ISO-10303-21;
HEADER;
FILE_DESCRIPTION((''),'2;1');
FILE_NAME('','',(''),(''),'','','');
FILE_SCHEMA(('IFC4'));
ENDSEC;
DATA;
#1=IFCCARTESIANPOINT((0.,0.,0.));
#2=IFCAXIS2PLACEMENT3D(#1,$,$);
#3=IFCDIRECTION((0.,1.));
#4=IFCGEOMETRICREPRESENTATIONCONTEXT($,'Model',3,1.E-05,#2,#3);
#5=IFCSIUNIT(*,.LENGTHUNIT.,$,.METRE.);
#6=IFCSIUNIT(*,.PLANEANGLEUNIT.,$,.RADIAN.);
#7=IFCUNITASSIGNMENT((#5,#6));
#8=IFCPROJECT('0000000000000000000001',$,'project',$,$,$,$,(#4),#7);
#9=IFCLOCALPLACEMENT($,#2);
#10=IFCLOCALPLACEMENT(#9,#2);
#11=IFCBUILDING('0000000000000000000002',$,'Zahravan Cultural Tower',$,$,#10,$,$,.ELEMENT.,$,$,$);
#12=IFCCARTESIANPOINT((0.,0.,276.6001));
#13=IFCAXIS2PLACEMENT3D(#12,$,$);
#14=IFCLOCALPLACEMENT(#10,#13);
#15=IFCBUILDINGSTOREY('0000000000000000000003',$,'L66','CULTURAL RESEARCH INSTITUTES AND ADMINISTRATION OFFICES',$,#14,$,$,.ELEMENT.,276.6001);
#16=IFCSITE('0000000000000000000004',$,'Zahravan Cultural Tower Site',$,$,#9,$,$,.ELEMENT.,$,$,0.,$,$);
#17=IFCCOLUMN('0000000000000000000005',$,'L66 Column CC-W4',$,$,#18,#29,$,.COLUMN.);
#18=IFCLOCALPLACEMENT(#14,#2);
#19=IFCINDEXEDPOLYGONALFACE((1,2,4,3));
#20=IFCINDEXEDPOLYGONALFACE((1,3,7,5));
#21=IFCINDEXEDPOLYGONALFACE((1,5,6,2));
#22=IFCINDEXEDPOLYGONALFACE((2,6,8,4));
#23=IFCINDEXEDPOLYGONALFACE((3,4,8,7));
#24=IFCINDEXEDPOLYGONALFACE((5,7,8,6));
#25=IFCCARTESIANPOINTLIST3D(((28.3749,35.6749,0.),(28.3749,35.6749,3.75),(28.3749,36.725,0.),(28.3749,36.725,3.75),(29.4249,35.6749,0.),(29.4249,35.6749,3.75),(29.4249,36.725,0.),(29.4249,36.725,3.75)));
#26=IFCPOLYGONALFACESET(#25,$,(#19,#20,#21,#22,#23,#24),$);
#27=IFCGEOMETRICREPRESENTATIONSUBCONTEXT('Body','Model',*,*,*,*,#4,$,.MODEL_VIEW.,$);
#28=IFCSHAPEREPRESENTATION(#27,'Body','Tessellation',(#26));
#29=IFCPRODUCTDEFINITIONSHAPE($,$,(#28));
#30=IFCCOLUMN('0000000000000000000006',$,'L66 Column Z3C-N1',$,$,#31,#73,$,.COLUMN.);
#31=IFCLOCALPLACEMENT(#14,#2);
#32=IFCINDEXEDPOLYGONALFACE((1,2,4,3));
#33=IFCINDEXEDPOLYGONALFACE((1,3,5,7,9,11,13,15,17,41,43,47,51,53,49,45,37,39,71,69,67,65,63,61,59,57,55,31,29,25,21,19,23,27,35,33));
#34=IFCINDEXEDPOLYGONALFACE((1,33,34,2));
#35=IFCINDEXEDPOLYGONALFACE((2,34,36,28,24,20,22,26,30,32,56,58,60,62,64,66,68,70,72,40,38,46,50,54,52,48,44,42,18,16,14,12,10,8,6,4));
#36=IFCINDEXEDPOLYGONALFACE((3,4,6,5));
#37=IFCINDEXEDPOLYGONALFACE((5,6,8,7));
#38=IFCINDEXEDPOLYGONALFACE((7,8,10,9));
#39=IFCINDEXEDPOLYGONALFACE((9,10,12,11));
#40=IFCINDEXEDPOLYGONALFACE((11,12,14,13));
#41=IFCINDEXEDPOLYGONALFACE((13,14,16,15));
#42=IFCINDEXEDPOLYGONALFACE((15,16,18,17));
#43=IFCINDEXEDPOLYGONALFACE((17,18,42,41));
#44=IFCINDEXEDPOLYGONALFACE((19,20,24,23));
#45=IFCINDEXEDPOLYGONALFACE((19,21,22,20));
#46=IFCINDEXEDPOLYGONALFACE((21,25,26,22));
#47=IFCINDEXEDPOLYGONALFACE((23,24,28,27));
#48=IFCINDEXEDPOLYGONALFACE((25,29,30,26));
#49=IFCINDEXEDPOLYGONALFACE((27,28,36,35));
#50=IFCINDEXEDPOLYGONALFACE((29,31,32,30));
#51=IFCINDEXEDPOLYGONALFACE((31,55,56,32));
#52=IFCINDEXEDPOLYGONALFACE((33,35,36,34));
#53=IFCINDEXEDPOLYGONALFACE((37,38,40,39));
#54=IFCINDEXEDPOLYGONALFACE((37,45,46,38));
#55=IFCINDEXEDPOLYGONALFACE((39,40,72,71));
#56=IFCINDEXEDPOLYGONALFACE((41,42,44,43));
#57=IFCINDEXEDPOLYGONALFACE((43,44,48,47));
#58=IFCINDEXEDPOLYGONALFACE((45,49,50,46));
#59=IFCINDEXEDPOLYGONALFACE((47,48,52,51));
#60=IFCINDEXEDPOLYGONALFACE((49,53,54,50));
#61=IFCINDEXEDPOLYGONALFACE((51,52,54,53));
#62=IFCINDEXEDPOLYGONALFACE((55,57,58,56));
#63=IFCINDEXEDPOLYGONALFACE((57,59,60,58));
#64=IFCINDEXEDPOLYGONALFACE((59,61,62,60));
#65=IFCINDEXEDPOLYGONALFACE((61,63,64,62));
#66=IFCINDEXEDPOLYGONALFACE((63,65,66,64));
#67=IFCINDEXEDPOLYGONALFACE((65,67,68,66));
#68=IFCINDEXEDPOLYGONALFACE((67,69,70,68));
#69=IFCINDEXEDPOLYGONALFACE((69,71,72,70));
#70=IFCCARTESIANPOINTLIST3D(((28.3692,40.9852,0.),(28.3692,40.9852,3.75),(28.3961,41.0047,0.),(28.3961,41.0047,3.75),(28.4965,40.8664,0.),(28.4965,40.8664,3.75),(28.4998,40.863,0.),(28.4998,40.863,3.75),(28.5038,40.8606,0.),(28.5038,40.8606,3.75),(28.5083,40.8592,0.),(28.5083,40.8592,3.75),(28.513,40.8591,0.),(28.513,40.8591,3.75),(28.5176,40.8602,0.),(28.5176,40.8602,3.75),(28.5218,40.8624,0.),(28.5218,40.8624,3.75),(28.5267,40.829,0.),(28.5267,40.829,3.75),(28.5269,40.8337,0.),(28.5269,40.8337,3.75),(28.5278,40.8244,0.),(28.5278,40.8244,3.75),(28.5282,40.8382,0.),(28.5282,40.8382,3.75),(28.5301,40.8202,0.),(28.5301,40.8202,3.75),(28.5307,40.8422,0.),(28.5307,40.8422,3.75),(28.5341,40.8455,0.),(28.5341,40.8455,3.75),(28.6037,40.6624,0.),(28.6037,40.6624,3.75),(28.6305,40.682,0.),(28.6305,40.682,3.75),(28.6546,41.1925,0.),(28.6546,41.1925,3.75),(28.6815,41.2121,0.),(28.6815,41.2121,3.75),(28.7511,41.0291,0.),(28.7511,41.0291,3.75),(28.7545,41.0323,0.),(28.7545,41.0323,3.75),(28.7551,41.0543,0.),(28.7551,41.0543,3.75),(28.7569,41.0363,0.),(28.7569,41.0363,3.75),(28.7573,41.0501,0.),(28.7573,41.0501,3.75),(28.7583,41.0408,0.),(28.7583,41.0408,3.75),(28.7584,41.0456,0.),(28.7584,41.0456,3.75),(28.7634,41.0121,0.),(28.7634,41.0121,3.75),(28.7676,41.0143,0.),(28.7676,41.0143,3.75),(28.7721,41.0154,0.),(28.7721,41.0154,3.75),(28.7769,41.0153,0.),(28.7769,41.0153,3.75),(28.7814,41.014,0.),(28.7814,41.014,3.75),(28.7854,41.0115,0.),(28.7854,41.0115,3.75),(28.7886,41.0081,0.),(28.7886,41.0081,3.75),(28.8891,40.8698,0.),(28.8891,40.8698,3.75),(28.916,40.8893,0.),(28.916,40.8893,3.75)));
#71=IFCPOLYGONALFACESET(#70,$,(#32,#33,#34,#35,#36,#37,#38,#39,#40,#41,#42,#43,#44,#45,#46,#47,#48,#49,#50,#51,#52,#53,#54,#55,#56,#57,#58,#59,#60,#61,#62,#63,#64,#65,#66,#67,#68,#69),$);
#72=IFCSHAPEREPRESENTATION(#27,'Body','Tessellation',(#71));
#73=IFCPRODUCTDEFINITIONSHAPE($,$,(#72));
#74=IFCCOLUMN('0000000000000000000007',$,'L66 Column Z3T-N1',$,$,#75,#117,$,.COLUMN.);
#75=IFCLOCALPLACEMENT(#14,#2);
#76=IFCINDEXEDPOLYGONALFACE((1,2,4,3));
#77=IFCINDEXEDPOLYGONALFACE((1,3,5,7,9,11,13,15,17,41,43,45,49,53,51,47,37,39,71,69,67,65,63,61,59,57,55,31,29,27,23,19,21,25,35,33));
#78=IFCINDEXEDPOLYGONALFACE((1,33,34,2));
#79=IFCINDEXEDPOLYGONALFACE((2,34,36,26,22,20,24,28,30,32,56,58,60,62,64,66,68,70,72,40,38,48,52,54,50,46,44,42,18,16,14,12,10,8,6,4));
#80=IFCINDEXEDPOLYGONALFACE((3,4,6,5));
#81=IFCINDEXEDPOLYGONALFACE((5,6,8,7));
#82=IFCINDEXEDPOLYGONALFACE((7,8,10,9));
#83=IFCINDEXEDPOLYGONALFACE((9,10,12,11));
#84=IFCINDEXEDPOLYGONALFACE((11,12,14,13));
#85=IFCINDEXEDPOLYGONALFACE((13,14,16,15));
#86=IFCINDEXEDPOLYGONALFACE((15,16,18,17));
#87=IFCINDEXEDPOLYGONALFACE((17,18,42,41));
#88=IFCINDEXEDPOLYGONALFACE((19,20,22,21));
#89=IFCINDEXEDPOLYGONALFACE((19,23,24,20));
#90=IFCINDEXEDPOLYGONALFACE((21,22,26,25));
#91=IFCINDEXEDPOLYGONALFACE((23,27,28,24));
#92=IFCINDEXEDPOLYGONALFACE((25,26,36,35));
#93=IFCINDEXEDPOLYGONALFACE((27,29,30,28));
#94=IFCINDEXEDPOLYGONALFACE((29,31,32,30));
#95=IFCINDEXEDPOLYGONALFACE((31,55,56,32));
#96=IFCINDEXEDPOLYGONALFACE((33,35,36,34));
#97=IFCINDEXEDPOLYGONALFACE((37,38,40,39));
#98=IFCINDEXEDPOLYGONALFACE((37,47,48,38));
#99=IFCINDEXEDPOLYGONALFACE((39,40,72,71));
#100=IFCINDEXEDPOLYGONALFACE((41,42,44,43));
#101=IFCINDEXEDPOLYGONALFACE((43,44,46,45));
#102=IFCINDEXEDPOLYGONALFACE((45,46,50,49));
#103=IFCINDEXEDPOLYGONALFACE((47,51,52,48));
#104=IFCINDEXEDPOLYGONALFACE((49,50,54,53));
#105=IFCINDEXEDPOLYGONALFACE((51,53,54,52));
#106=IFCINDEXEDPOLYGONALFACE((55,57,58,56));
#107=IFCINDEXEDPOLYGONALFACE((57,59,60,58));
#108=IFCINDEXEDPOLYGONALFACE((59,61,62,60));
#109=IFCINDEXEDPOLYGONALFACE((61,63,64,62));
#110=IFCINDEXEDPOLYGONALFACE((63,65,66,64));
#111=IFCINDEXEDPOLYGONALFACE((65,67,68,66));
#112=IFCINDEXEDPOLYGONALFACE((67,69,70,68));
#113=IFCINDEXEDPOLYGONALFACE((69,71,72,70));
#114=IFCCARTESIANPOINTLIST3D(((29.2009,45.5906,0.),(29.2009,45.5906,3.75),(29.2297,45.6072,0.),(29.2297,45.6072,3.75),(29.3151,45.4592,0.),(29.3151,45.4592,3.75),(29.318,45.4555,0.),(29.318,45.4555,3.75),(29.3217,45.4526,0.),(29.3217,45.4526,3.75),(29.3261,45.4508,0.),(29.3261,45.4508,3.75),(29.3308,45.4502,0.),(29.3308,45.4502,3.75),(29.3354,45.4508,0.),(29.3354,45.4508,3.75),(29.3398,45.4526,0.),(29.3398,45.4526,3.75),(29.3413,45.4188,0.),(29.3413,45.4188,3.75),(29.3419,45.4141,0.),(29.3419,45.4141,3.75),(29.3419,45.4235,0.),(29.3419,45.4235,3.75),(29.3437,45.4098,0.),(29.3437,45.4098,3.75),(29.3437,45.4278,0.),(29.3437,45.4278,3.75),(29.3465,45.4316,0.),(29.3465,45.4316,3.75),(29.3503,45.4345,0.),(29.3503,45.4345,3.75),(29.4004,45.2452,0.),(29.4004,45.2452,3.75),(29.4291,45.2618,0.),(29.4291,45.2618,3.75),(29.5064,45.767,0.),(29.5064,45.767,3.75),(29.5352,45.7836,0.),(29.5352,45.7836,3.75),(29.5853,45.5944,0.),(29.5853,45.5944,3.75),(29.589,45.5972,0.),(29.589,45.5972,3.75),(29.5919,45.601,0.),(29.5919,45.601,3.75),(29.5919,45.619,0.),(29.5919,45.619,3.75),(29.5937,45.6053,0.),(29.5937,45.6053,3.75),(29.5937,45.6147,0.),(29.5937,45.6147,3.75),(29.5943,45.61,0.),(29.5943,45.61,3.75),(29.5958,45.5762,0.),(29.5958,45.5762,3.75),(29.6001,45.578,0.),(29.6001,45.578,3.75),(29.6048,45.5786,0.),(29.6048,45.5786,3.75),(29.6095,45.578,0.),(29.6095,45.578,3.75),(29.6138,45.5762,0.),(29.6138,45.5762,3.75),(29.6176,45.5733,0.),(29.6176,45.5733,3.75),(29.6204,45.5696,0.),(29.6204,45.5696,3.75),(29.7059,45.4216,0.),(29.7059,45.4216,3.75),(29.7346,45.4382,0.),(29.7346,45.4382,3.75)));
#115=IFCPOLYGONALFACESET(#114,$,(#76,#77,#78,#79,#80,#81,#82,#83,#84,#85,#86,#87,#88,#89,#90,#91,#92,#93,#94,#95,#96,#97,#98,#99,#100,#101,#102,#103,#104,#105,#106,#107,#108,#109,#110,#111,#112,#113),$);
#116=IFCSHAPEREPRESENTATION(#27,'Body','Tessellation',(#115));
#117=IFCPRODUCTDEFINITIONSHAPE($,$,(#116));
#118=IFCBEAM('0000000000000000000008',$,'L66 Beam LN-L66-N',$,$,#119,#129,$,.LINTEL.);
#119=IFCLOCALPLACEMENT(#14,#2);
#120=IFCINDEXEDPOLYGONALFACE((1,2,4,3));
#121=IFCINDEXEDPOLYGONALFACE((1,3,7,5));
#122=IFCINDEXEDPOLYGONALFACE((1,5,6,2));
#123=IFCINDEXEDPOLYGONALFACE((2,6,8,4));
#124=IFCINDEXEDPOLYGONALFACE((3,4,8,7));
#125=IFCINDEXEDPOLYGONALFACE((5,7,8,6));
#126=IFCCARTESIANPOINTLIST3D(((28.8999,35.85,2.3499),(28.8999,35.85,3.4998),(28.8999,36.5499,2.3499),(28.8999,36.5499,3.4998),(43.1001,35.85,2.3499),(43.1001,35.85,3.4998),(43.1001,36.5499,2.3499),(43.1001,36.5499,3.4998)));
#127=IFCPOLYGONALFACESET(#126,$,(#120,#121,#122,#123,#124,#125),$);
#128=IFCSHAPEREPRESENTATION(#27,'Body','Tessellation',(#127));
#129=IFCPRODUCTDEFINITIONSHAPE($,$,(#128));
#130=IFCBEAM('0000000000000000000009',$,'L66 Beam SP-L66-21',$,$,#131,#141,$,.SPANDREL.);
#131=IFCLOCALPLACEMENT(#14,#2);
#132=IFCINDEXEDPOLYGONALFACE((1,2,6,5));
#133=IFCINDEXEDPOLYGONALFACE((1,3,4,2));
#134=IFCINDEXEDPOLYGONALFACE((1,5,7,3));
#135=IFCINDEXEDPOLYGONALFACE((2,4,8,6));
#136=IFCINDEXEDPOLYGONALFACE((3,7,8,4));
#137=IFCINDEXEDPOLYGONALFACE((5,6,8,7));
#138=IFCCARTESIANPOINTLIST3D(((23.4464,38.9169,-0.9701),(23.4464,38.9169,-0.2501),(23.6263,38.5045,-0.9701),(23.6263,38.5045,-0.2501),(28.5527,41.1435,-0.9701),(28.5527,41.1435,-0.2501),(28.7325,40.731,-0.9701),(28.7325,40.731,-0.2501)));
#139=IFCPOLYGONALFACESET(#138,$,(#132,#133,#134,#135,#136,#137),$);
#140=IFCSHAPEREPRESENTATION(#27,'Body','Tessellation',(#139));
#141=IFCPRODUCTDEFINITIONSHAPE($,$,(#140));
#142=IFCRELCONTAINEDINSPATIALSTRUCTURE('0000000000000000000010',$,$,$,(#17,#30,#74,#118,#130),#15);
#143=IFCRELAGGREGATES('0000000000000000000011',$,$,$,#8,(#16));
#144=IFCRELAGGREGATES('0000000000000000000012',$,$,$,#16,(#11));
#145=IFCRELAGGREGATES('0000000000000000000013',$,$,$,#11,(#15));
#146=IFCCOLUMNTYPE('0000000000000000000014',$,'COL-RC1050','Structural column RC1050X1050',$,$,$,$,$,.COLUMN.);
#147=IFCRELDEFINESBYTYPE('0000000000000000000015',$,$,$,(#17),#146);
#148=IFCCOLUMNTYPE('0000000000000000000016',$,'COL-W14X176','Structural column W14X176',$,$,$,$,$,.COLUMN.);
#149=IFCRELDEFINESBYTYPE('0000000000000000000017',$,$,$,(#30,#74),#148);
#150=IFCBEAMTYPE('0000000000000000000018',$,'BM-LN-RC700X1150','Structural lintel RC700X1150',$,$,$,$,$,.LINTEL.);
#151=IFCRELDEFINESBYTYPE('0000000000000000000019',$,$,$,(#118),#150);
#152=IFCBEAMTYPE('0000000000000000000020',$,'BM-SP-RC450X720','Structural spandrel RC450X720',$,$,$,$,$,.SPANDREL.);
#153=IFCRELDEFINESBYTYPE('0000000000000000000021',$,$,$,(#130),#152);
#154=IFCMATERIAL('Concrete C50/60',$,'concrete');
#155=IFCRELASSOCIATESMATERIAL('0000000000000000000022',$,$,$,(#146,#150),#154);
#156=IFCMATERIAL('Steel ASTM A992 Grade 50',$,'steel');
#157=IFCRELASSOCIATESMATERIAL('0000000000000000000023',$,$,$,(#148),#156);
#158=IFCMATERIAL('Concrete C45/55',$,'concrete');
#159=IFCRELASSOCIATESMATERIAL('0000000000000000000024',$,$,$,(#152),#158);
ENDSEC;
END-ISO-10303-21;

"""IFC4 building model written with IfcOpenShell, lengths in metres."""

from ifc_helpers import new_model, si_unit, direction, frame, origin, origin_2d, place, context, subcontext, project, spatial, rectangle, i_section, extrude, source, transform, mapped, material, material_profile, profile_set, type_object, element, save


model = new_model("IFC4")

# Units and contexts
model_context = context("Model", 3, precision=1e-05, world=origin(), true_north=direction((0.0, 1.0)))
body_context = subcontext(model_context, "Body", "Model", "MODEL_VIEW")
ifc_project = project(units=[si_unit("LENGTHUNIT", "METRE"), si_unit("PLANEANGLEUNIT", "RADIAN")], contexts=[model_context])

# Site, building, storey
site_placement = place(None, origin())
site = spatial("IfcSite", under=ifc_project, at=site_placement, Name="Zahravan Cultural Tower Site", CompositionType="ELEMENT", RefElevation=0.0)
building_placement = place(site_placement, origin())
building = spatial("IfcBuilding", under=site, at=building_placement, Name="Zahravan Cultural Tower", CompositionType="ELEMENT")
storey_placement = place(building_placement, frame((0.0, 0.0, 276.6001)))
storey = spatial("IfcBuildingStorey", under=building, at=storey_placement, Name="L66", Description="CULTURAL RESEARCH INSTITUTES AND ADMINISTRATION OFFICES", CompositionType="ELEMENT", Elevation=276.6001)

# Columns
ifc_material_1 = material(Name="Concrete C50/60", Category="concrete")
ifc_material_profile_1 = material_profile(ifc_material_1, rectangle(XDim=1.05, YDim=1.05, at=origin_2d()), Name="RC1050X1050")
ifc_profile_set_1 = profile_set([ifc_material_profile_1], Name="Concrete C50/60")
column_type_1 = type_object("IfcColumnType", Name="COL-RC1050", Description="Structural column RC1050X1050", PredefinedType="COLUMN", material=ifc_profile_set_1)
shared_shape_1 = source(origin(), body_context, "Body", "SweptSolid", [
    extrude(rectangle(XDim=1.05, YDim=1.05, at=origin_2d()), origin(), (0.0, 0.0, 1.0), 3.75),
])
column_placement = place(storey_placement, frame((28.8999, 36.2, 0.0), z_axis=(0.0, 0.0, 1.0), x_axis=(1.0, 0.0, 0.0)))
element("IfcColumn", 1, at=column_placement, inside=storey, type_object=column_type_1, Name="L66 Column CC-W4", PredefinedType="COLUMN", context=body_context, shape_type="MappedRepresentation", body=[
    mapped(shared_shape_1, transform((0.0, 0.0, 0.0), x_axis=(1.0, 0.0, 0.0), y_axis=(0.0, 1.0, 0.0), z_axis=(0.0, 0.0, 1.0), scale=1.0)),
])
ifc_material_2 = material(Name="Steel ASTM A992 Grade 50", Category="steel")
ifc_material_profile_2 = material_profile(ifc_material_2, i_section(OverallWidth=0.3989, OverallDepth=0.386, WebThickness=0.021, FlangeThickness=0.0332, FilletRadius=0.0181, at=origin_2d()), Name="W14X176")
ifc_profile_set_2 = profile_set([ifc_material_profile_2], Name="Steel ASTM A992 Grade 50")
column_type_2 = type_object("IfcColumnType", Name="COL-W14X176", Description="Structural column W14X176", PredefinedType="COLUMN", material=ifc_profile_set_2)
shared_shape_2 = source(origin(), body_context, "Body", "SweptSolid", [
    extrude(i_section(OverallWidth=0.3989, OverallDepth=0.386, WebThickness=0.021, FlangeThickness=0.0332, FilletRadius=0.0181, at=origin_2d()), origin(), (0.0, 0.0, 1.0), 3.75),
])
for number, where, z_axis, x_axis, name in (
    (2, (28.6426, 40.9373, 0.0), (0.0, 0.0, 1.0), (-0.587785, 0.809017, 0.0), "L66 Column Z3C-N1"),
    (3, (29.4678, 45.5144, 0.0), (0.0, 0.0, 1.0), (-0.5, 0.866025, 0.0), "L66 Column Z3T-N1"),
):
    element("IfcColumn", number, at=place(storey_placement, frame(where, z_axis=z_axis, x_axis=x_axis)), inside=storey, type_object=column_type_2, Name=name, PredefinedType="COLUMN", context=body_context, shape_type="MappedRepresentation", body=[
        mapped(shared_shape_2, transform((0.0, 0.0, 0.0), x_axis=(1.0, 0.0, 0.0), y_axis=(0.0, 1.0, 0.0), z_axis=(0.0, 0.0, 1.0), scale=1.0)),
    ])

# Beams
ifc_material_profile_3 = material_profile(ifc_material_1, rectangle(XDim=0.7, YDim=1.1499, at=origin_2d()), Name="RC700X1150")
ifc_profile_set_3 = profile_set([ifc_material_profile_3], Name="Concrete C50/60")
beam_type_1 = type_object("IfcBeamType", Name="BM-LN-RC700X1150", Description="Structural lintel RC700X1150", PredefinedType="LINTEL", material=ifc_profile_set_3)
shared_shape_3 = source(origin(), body_context, "Body", "SweptSolid", [
    extrude(rectangle(XDim=0.7, YDim=1.1499, at=origin_2d()), origin(), (0.0, 0.0, 1.0), 14.2002),
])
beam_1_placement = place(storey_placement, frame((28.8999, 36.2, 2.9248), z_axis=(1.0, 0.0, 0.0), x_axis=(0.0, 1.0, 0.0)))
element("IfcBeam", 4, at=beam_1_placement, inside=storey, type_object=beam_type_1, Name="L66 Beam LN-L66-N", PredefinedType="LINTEL", context=body_context, shape_type="MappedRepresentation", body=[
    mapped(shared_shape_3, transform((0.0, 0.0, 0.0), x_axis=(1.0, 0.0, 0.0), y_axis=(0.0, 1.0, 0.0), z_axis=(0.0, 0.0, 1.0), scale=1.0)),
])
ifc_material_3 = material(Name="Concrete C45/55", Category="concrete")
ifc_material_profile_4 = material_profile(ifc_material_3, rectangle(XDim=0.45, YDim=0.72, at=origin_2d()), Name="RC450X720")
ifc_profile_set_4 = profile_set([ifc_material_profile_4], Name="Concrete C45/55")
beam_type_2 = type_object("IfcBeamType", Name="BM-SP-RC450X720", Description="Structural spandrel RC450X720", PredefinedType="SPANDREL", material=ifc_profile_set_4)
shared_shape_4 = source(origin(), body_context, "Body", "SweptSolid", [
    extrude(rectangle(XDim=0.45, YDim=0.72, at=origin_2d()), origin(), (0.0, 0.0, 1.0), 5.5706),
])
beam_2_placement = place(storey_placement, frame((28.6426, 40.9373, -0.6101), z_axis=(-0.916645, -0.399703, 0.0), x_axis=(0.399703, -0.916645, 0.0)))
element("IfcBeam", 5, at=beam_2_placement, inside=storey, type_object=beam_type_2, Name="L66 Beam SP-L66-21", PredefinedType="SPANDREL", context=body_context, shape_type="MappedRepresentation", body=[
    mapped(shared_shape_4, transform((0.0, 0.0, 0.0), x_axis=(1.0, 0.0, 0.0), y_axis=(0.0, 1.0, 0.0), z_axis=(0.0, 0.0, 1.0), scale=1.0)),
])

save(model, "model.ifc")
